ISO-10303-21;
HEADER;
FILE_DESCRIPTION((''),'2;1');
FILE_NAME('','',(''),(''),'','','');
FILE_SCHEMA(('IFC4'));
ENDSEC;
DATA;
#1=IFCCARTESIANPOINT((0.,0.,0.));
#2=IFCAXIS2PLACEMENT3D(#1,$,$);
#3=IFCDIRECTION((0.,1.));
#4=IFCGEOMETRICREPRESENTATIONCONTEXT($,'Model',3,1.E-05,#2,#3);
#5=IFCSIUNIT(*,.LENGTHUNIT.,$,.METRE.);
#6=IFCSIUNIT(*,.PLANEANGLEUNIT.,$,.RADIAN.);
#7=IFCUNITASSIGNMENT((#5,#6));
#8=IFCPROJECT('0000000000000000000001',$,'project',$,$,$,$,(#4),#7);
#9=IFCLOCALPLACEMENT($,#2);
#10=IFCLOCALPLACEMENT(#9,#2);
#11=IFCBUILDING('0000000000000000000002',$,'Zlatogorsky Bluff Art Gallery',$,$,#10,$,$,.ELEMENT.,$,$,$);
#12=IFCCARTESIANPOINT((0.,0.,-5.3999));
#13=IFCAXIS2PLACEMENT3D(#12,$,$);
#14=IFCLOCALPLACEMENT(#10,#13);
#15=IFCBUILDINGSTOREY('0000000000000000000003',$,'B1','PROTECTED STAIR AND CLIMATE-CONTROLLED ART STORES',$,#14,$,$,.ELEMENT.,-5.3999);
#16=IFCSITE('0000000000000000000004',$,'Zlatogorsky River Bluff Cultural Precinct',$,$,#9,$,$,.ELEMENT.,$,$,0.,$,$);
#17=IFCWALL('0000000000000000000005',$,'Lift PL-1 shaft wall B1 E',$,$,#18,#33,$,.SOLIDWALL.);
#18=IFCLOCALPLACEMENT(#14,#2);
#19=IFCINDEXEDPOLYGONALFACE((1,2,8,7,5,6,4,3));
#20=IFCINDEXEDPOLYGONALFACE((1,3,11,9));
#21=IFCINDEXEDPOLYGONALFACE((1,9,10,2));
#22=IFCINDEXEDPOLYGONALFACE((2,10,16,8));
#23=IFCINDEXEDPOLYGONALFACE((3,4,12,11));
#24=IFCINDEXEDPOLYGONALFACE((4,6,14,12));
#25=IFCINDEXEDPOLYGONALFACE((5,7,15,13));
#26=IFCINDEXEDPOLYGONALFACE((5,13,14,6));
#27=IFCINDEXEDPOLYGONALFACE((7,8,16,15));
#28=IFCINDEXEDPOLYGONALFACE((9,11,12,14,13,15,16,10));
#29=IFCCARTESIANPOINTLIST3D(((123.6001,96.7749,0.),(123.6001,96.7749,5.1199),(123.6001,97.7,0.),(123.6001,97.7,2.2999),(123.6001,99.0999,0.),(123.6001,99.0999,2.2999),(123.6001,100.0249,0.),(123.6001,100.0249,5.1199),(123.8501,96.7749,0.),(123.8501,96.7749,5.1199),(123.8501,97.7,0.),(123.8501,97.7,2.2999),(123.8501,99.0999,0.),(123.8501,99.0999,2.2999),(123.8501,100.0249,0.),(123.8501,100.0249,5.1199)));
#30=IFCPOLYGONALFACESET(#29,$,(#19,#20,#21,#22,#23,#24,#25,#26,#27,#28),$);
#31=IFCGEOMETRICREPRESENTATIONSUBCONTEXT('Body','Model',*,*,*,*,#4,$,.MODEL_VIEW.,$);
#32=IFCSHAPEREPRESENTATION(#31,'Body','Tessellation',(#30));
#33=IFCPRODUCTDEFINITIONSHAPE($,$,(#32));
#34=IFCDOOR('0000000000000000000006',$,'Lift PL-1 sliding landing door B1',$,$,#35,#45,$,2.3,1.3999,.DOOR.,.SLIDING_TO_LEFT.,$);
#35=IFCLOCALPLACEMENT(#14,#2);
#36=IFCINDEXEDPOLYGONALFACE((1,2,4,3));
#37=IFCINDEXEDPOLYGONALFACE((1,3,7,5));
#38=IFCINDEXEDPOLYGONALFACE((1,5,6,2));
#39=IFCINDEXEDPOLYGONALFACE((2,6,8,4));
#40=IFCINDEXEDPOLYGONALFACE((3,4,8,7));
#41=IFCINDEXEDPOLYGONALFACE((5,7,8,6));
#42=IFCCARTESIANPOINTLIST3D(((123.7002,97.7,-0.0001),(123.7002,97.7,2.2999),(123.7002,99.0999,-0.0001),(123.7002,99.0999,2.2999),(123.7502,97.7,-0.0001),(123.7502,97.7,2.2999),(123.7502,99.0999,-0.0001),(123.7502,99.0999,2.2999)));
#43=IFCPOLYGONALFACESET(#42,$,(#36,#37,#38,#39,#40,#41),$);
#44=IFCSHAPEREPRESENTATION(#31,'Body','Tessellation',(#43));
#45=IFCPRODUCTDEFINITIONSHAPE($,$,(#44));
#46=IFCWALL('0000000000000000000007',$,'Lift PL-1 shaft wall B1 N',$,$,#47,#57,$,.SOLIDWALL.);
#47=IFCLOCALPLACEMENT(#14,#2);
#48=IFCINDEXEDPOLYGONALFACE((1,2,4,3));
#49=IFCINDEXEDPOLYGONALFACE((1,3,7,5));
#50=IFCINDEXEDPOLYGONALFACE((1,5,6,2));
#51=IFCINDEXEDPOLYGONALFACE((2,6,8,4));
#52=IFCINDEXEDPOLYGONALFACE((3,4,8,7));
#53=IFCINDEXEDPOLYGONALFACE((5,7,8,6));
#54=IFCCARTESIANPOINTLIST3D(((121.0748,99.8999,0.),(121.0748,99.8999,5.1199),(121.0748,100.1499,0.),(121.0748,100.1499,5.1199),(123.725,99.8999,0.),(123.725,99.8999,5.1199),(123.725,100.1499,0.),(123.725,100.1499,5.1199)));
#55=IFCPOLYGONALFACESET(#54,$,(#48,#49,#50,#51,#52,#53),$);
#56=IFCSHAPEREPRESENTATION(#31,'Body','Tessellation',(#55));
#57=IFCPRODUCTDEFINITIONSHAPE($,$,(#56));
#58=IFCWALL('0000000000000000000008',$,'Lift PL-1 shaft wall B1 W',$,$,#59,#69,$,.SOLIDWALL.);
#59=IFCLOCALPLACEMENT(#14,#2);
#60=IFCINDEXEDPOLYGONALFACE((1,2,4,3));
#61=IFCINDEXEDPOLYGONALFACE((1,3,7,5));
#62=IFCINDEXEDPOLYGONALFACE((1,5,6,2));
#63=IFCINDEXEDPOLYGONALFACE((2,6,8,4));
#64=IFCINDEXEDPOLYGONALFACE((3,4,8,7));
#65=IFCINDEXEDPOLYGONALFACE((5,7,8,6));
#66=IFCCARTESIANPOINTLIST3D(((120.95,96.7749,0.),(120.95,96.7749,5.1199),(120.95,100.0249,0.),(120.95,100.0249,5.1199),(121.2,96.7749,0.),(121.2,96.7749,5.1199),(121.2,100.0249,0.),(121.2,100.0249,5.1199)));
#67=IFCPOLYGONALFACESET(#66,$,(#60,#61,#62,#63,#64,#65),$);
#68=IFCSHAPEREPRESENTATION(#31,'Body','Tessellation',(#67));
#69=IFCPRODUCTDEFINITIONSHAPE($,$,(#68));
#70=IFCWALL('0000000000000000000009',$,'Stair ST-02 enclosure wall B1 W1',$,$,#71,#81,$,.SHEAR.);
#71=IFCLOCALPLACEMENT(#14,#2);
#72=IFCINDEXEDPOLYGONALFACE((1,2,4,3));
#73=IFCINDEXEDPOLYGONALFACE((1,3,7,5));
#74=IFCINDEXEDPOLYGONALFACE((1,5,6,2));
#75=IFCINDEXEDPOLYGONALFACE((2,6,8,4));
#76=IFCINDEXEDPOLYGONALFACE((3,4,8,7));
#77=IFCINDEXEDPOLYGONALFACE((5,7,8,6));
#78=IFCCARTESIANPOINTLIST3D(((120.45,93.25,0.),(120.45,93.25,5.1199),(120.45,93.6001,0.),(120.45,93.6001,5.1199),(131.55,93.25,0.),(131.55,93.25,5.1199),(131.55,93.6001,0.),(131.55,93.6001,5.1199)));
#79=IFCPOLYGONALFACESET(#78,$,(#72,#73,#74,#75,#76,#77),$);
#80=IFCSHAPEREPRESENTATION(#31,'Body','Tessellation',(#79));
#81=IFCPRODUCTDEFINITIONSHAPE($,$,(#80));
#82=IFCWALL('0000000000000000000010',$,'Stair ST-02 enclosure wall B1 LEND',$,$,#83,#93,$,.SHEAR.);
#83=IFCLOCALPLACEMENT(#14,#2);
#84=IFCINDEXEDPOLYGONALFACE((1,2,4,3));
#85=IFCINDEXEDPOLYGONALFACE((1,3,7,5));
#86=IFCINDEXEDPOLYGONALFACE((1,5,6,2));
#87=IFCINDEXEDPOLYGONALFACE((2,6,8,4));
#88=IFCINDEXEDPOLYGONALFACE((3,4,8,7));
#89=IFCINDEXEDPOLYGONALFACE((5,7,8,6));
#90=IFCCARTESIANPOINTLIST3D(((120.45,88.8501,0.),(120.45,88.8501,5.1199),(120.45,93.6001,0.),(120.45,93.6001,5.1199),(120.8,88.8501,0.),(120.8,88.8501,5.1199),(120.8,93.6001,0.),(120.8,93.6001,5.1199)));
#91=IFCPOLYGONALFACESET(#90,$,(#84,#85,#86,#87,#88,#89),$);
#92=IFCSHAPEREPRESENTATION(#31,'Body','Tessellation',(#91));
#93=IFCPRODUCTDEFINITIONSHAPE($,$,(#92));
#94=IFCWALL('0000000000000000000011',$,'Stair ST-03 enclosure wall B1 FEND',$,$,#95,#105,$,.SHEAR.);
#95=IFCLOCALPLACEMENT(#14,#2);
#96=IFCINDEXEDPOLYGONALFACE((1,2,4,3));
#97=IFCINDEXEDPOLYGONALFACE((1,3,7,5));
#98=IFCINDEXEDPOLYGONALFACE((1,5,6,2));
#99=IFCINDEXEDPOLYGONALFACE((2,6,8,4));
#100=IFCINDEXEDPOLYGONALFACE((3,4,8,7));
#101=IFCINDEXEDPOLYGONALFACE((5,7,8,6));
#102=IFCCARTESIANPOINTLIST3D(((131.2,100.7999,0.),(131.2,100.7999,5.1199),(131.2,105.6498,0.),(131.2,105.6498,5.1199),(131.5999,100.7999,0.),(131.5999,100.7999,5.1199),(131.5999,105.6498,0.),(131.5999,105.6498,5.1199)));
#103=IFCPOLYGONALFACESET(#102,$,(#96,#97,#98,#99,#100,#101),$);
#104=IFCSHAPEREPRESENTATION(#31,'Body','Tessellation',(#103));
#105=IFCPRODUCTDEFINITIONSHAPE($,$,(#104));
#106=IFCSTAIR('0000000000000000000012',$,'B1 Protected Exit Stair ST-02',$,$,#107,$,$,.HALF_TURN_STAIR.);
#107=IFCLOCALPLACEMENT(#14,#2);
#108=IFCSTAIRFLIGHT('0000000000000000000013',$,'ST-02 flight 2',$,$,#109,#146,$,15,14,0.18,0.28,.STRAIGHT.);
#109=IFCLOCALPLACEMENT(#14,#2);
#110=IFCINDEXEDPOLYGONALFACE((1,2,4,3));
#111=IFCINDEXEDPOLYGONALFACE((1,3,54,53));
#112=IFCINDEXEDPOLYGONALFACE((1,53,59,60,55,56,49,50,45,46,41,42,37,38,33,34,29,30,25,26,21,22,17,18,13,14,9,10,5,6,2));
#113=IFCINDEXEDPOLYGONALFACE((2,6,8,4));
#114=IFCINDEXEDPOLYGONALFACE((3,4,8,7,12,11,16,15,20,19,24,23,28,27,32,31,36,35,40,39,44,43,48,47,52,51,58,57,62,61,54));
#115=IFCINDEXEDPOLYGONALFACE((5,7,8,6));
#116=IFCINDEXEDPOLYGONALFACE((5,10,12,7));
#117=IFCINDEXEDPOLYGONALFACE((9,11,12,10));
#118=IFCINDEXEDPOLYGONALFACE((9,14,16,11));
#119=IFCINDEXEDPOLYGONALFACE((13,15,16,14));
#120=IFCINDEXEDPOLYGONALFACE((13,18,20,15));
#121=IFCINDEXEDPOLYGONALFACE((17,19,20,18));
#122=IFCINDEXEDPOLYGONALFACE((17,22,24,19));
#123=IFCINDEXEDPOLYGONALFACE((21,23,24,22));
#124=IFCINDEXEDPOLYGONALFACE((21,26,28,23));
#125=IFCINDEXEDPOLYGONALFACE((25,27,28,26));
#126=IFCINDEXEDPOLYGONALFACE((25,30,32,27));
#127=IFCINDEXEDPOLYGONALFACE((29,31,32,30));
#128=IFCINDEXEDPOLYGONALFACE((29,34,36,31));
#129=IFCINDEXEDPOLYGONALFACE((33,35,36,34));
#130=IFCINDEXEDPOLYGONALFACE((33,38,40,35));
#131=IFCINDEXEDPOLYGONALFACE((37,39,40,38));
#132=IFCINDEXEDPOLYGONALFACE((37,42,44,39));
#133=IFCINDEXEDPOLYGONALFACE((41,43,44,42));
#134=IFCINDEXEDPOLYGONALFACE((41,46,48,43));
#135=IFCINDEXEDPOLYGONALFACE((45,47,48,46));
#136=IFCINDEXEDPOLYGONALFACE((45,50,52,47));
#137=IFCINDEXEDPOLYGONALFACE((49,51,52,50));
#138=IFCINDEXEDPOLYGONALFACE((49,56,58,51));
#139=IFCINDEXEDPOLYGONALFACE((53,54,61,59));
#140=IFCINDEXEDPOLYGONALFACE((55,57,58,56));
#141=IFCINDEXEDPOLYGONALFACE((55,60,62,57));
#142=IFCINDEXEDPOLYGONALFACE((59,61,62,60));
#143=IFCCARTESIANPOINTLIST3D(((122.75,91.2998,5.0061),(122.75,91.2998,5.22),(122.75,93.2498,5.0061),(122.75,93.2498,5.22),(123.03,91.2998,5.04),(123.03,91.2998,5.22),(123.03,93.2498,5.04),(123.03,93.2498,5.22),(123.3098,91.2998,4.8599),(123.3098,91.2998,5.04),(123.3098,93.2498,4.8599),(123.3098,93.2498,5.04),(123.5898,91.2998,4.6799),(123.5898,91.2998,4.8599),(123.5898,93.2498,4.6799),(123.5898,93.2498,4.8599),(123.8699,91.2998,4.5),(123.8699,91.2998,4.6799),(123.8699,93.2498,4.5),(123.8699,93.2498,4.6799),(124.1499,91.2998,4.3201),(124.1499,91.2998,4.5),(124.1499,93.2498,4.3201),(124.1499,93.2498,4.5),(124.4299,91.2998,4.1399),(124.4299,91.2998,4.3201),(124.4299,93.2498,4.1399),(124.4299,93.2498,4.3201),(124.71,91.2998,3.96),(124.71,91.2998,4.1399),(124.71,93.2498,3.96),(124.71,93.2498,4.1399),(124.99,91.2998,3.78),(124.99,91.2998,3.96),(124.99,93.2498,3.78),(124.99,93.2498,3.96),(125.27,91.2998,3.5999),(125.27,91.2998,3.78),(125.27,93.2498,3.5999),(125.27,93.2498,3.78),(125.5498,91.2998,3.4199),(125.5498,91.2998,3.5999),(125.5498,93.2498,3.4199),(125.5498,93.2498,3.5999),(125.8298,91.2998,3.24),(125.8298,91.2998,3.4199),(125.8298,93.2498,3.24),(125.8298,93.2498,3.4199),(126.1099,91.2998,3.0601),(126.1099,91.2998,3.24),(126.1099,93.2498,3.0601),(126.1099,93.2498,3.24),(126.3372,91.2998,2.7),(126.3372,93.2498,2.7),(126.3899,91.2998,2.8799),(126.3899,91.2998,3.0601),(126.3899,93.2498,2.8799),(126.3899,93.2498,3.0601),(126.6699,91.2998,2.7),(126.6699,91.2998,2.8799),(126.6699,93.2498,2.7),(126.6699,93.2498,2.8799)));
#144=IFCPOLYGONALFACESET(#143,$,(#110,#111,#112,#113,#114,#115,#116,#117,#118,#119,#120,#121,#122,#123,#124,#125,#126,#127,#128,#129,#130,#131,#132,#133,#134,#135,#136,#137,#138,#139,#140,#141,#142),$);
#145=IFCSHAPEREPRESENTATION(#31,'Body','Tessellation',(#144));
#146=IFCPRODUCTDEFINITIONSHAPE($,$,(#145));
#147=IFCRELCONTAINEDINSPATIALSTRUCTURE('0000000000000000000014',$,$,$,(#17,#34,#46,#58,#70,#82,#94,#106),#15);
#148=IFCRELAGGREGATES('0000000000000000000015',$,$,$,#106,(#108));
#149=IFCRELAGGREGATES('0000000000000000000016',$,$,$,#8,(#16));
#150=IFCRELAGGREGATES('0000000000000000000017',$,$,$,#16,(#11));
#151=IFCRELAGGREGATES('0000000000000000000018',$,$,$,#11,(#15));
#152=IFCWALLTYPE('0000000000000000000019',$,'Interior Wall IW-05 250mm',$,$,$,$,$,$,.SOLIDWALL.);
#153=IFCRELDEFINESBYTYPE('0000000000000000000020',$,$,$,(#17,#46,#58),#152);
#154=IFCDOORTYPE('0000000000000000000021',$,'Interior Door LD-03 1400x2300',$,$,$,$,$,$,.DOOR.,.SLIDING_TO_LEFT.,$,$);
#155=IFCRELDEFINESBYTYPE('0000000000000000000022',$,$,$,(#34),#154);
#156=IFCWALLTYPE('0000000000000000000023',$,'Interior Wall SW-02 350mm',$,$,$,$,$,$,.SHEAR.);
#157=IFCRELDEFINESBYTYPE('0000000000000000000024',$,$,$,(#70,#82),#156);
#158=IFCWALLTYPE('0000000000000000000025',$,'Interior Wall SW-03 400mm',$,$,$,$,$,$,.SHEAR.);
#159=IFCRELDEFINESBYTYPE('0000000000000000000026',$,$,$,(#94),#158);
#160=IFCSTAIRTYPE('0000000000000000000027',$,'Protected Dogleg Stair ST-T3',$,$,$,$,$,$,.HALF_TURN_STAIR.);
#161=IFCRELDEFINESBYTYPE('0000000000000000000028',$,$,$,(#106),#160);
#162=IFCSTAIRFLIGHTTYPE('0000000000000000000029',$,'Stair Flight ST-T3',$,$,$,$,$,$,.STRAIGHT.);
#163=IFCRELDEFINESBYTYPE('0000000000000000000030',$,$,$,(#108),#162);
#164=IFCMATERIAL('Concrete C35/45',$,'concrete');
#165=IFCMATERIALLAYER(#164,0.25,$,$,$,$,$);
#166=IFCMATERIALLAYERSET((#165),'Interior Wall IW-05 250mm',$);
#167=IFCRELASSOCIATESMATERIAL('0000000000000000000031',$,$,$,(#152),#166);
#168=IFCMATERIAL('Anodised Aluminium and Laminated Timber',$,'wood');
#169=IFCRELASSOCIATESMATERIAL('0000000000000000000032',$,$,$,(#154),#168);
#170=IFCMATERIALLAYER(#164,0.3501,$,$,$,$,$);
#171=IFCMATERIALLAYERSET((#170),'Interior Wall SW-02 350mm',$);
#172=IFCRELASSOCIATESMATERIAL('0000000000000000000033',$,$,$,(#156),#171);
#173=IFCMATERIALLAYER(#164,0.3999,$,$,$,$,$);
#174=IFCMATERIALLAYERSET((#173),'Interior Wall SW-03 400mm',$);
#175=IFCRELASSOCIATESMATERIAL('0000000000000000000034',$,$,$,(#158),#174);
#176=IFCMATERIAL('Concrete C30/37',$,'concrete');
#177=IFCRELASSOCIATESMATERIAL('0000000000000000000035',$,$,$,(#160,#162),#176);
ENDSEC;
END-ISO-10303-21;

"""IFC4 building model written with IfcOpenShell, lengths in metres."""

from ifc_helpers import new_model, si_unit, direction, frame, frame_2d, origin, place, context, subcontext, project, spatial, polyline, rectangle, outline, extrude, material, layer, layer_set, type_object, element, fill, aggregate, save


model = new_model("IFC4")

# Units and contexts
model_context = context("Model", 3, precision=1e-05, world=origin(), true_north=direction((0.0, 1.0)))
body_context = subcontext(model_context, "Body", "Model", "MODEL_VIEW")
ifc_project = project(units=[si_unit("LENGTHUNIT", "METRE"), si_unit("PLANEANGLEUNIT", "RADIAN")], contexts=[model_context])

# Site, building, storey
site_placement = place(None, origin())
site = spatial("IfcSite", under=ifc_project, at=site_placement, Name="Zlatogorsky River Bluff Cultural Precinct", CompositionType="ELEMENT", RefElevation=0.0)
building_placement = place(site_placement, origin())
building = spatial("IfcBuilding", under=site, at=building_placement, Name="Zlatogorsky Bluff Art Gallery", CompositionType="ELEMENT")
storey_placement = place(building_placement, frame((0.0, 0.0, -5.3999)))
storey = spatial("IfcBuildingStorey", under=building, at=storey_placement, Name="B1", Description="PROTECTED STAIR AND CLIMATE-CONTROLLED ART STORES", CompositionType="ELEMENT", Elevation=-5.3999)

# Shared definitions
ifc_material_1 = material(Name="Concrete C35/45", Category="concrete")

# Shared definitions
ifc_layer_1 = layer(ifc_material_1, 0.25)
ifc_layer_set_1 = layer_set([ifc_layer_1], Name="Interior Wall IW-05 250mm")
wall_type_1 = type_object("IfcWallType", Name="Interior Wall IW-05 250mm", PredefinedType="SOLIDWALL", material=ifc_layer_set_1)

# Wall, opening, door
wall_1_placement = place(storey_placement, frame((123.7251, 96.7749, 0.0), z_axis=(0.0, 0.0, 1.0), x_axis=(0.0, 1.0, 0.0)))
wall_1 = element("IfcWall", 1, at=wall_1_placement, inside=storey, type_object=wall_type_1, Name="Lift PL-1 shaft wall B1 E", PredefinedType="SOLIDWALL", context=body_context, shape_type="SweptSolid", body=[
    extrude(rectangle(XDim=3.25, YDim=0.25, at=frame_2d((1.625, 0.0))), origin(), (0.0, 0.0, 1.0), 5.1199),
])
opening_1_placement = place(wall_1_placement, frame((0.925, 0.0, 0.0)))
opening_1 = element("IfcOpeningElement", 2, at=opening_1_placement, cuts=wall_1, PredefinedType="OPENING", context=body_context, shape_type="SweptSolid", body=[
    extrude(rectangle(XDim=1.3999, YDim=2.3, at=frame_2d((0.7, 1.1499))), frame((0.0, 0.135, 0.0), z_axis=(0.0, -1.0, 0.0), x_axis=(1.0, 0.0, 0.0)), (0.0, 0.0, 1.0), 0.27),
])
ifc_material_2 = material(Name="Anodised Aluminium and Laminated Timber", Category="wood")
door_type_1 = type_object("IfcDoorType", Name="Interior Door LD-03 1400x2300", OperationType="SLIDING_TO_LEFT", PredefinedType="DOOR", material=ifc_material_2)
door_1_placement = place(opening_1_placement, origin())
door_1 = element("IfcDoor", 3, at=door_1_placement, inside=storey, type_object=door_type_1, Name="Lift PL-1 sliding landing door B1", OperationType="SLIDING_TO_LEFT", OverallHeight=2.3, OverallWidth=1.3999, PredefinedType="DOOR", context=body_context, shape_type="SweptSolid", body=[
    extrude(rectangle(XDim=1.3999, YDim=2.3, at=frame_2d((0.7, 1.1499))), frame((0.0, 0.0249, 0.0), z_axis=(0.0, -1.0, 0.0), x_axis=(1.0, 0.0, 0.0)), (0.0, 0.0, 1.0), 0.05),
])
fill(opening_1, door_1)

# Walls
wall_2_placement = place(storey_placement, frame((123.7251, 100.0249, 0.0), z_axis=(0.0, 0.0, 1.0), x_axis=(-1.0, 0.0, 0.0)))
element("IfcWall", 4, at=wall_2_placement, inside=storey, type_object=wall_type_1, Name="Lift PL-1 shaft wall B1 N", PredefinedType="SOLIDWALL", context=body_context, shape_type="SweptSolid", body=[
    extrude(rectangle(XDim=2.6501, YDim=0.25, at=frame_2d((1.3252, 0.0))), origin(), (0.0, 0.0, 1.0), 5.1199),
])
wall_3_placement = place(storey_placement, frame((121.075, 100.0249, 0.0), z_axis=(0.0, 0.0, 1.0), x_axis=(0.0, -1.0, 0.0)))
element("IfcWall", 5, at=wall_3_placement, inside=storey, type_object=wall_type_1, Name="Lift PL-1 shaft wall B1 W", PredefinedType="SOLIDWALL", context=body_context, shape_type="SweptSolid", body=[
    extrude(rectangle(XDim=3.25, YDim=0.25, at=frame_2d((1.625, 0.0))), origin(), (0.0, 0.0, 1.0), 5.1199),
])

# Walls
ifc_layer_2 = layer(ifc_material_1, 0.3501)
ifc_layer_set_2 = layer_set([ifc_layer_2], Name="Interior Wall SW-02 350mm")
wall_type_2 = type_object("IfcWallType", Name="Interior Wall SW-02 350mm", PredefinedType="SHEAR", material=ifc_layer_set_2)
wall_4_placement = place(storey_placement, frame((131.55, 93.425, 0.0), z_axis=(0.0, 0.0, 1.0), x_axis=(-1.0, 0.0, 0.0)))
element("IfcWall", 6, at=wall_4_placement, inside=storey, type_object=wall_type_2, Name="Stair ST-02 enclosure wall B1 W1", PredefinedType="SHEAR", context=body_context, shape_type="SweptSolid", body=[
    extrude(rectangle(XDim=11.1001, YDim=0.3501, at=frame_2d((5.55, 0.0))), origin(), (0.0, 0.0, 1.0), 5.1199),
])
wall_5_placement = place(storey_placement, frame((120.625, 93.6001, 0.0), z_axis=(0.0, 0.0, 1.0), x_axis=(0.0, -1.0, 0.0)))
element("IfcWall", 7, at=wall_5_placement, inside=storey, type_object=wall_type_2, Name="Stair ST-02 enclosure wall B1 LEND", PredefinedType="SHEAR", context=body_context, shape_type="SweptSolid", body=[
    extrude(rectangle(XDim=4.75, YDim=0.3501, at=frame_2d((2.375, 0.0))), origin(), (0.0, 0.0, 1.0), 5.1199),
])
ifc_layer_3 = layer(ifc_material_1, 0.3999)
ifc_layer_set_3 = layer_set([ifc_layer_3], Name="Interior Wall SW-03 400mm")
wall_type_3 = type_object("IfcWallType", Name="Interior Wall SW-03 400mm", PredefinedType="SHEAR", material=ifc_layer_set_3)
wall_6_placement = place(storey_placement, frame((131.3999, 100.8, 0.0), z_axis=(0.0, 0.0, 1.0), x_axis=(0.0, 1.0, 0.0)))
element("IfcWall", 8, at=wall_6_placement, inside=storey, type_object=wall_type_3, Name="Stair ST-03 enclosure wall B1 FEND", PredefinedType="SHEAR", context=body_context, shape_type="SweptSolid", body=[
    extrude(rectangle(XDim=4.8499, YDim=0.3999, at=frame_2d((2.4248, 0.0))), origin(), (0.0, 0.0, 1.0), 5.1199),
])

# Stair, stair flight
ifc_material_3 = material(Name="Concrete C30/37", Category="concrete")
stair_type = type_object("IfcStairType", Name="Protected Dogleg Stair ST-T3", PredefinedType="HALF_TURN_STAIR", material=ifc_material_3)
stair_placement = place(storey_placement, origin())
stair = element("IfcStair", 9, at=stair_placement, inside=storey, type_object=stair_type, Name="B1 Protected Exit Stair ST-02", PredefinedType="HALF_TURN_STAIR")
stair_flight_type = type_object("IfcStairFlightType", Name="Stair Flight ST-T3", PredefinedType="STRAIGHT", material=ifc_material_3)
stair_flight_placement = place(storey_placement, frame((126.6699, 92.2749, 2.7), z_axis=(0.0, 0.0, 1.0), x_axis=(-1.0, 0.0, 0.0)))
stair_flight = element("IfcStairFlight", 10, at=stair_flight_placement, type_object=stair_flight_type, Name="ST-02 flight 2", NumberOfRisers=15, NumberOfTreads=14, PredefinedType="STRAIGHT", RiserHeight=0.18, TreadLength=0.28, context=body_context, shape_type="SweptSolid", body=[
    extrude(outline(polyline([(0.0, 0.0), (0.0, 0.1799), (0.28, 0.1799), (0.28, 0.3601), (0.5601, 0.3601), (0.5601, 0.54), (0.8401, 0.54), (0.8401, 0.72), (1.1201, 0.72), (1.1201, 0.8999), (1.3999, 0.8999), (1.3999, 1.0801), (1.6799, 1.0801), (1.6799, 1.26), (1.96, 1.26), (1.96, 1.4399), (2.24, 1.4399), (2.24, 1.6201), (2.52, 1.6201), (2.52, 1.8), (2.8, 1.8), (2.8, 1.98), (3.0801, 1.98), (3.0801, 2.1599), (3.3601, 2.1599), (3.3601, 2.3401), (3.6399, 2.3401), (3.6399, 2.52), (3.9199, 2.52), (3.9199, 2.7), (3.9199, 2.3062), (0.3328, 0.0), (0.0, 0.0)])), frame((0.0, 0.9751, 0.0), z_axis=(0.0, -1.0, 0.0), x_axis=(1.0, 0.0, 0.0)), (0.0, 0.0, 1.0), 1.95),
])
aggregate(stair, [stair_flight])

save(model, "model.ifc")
